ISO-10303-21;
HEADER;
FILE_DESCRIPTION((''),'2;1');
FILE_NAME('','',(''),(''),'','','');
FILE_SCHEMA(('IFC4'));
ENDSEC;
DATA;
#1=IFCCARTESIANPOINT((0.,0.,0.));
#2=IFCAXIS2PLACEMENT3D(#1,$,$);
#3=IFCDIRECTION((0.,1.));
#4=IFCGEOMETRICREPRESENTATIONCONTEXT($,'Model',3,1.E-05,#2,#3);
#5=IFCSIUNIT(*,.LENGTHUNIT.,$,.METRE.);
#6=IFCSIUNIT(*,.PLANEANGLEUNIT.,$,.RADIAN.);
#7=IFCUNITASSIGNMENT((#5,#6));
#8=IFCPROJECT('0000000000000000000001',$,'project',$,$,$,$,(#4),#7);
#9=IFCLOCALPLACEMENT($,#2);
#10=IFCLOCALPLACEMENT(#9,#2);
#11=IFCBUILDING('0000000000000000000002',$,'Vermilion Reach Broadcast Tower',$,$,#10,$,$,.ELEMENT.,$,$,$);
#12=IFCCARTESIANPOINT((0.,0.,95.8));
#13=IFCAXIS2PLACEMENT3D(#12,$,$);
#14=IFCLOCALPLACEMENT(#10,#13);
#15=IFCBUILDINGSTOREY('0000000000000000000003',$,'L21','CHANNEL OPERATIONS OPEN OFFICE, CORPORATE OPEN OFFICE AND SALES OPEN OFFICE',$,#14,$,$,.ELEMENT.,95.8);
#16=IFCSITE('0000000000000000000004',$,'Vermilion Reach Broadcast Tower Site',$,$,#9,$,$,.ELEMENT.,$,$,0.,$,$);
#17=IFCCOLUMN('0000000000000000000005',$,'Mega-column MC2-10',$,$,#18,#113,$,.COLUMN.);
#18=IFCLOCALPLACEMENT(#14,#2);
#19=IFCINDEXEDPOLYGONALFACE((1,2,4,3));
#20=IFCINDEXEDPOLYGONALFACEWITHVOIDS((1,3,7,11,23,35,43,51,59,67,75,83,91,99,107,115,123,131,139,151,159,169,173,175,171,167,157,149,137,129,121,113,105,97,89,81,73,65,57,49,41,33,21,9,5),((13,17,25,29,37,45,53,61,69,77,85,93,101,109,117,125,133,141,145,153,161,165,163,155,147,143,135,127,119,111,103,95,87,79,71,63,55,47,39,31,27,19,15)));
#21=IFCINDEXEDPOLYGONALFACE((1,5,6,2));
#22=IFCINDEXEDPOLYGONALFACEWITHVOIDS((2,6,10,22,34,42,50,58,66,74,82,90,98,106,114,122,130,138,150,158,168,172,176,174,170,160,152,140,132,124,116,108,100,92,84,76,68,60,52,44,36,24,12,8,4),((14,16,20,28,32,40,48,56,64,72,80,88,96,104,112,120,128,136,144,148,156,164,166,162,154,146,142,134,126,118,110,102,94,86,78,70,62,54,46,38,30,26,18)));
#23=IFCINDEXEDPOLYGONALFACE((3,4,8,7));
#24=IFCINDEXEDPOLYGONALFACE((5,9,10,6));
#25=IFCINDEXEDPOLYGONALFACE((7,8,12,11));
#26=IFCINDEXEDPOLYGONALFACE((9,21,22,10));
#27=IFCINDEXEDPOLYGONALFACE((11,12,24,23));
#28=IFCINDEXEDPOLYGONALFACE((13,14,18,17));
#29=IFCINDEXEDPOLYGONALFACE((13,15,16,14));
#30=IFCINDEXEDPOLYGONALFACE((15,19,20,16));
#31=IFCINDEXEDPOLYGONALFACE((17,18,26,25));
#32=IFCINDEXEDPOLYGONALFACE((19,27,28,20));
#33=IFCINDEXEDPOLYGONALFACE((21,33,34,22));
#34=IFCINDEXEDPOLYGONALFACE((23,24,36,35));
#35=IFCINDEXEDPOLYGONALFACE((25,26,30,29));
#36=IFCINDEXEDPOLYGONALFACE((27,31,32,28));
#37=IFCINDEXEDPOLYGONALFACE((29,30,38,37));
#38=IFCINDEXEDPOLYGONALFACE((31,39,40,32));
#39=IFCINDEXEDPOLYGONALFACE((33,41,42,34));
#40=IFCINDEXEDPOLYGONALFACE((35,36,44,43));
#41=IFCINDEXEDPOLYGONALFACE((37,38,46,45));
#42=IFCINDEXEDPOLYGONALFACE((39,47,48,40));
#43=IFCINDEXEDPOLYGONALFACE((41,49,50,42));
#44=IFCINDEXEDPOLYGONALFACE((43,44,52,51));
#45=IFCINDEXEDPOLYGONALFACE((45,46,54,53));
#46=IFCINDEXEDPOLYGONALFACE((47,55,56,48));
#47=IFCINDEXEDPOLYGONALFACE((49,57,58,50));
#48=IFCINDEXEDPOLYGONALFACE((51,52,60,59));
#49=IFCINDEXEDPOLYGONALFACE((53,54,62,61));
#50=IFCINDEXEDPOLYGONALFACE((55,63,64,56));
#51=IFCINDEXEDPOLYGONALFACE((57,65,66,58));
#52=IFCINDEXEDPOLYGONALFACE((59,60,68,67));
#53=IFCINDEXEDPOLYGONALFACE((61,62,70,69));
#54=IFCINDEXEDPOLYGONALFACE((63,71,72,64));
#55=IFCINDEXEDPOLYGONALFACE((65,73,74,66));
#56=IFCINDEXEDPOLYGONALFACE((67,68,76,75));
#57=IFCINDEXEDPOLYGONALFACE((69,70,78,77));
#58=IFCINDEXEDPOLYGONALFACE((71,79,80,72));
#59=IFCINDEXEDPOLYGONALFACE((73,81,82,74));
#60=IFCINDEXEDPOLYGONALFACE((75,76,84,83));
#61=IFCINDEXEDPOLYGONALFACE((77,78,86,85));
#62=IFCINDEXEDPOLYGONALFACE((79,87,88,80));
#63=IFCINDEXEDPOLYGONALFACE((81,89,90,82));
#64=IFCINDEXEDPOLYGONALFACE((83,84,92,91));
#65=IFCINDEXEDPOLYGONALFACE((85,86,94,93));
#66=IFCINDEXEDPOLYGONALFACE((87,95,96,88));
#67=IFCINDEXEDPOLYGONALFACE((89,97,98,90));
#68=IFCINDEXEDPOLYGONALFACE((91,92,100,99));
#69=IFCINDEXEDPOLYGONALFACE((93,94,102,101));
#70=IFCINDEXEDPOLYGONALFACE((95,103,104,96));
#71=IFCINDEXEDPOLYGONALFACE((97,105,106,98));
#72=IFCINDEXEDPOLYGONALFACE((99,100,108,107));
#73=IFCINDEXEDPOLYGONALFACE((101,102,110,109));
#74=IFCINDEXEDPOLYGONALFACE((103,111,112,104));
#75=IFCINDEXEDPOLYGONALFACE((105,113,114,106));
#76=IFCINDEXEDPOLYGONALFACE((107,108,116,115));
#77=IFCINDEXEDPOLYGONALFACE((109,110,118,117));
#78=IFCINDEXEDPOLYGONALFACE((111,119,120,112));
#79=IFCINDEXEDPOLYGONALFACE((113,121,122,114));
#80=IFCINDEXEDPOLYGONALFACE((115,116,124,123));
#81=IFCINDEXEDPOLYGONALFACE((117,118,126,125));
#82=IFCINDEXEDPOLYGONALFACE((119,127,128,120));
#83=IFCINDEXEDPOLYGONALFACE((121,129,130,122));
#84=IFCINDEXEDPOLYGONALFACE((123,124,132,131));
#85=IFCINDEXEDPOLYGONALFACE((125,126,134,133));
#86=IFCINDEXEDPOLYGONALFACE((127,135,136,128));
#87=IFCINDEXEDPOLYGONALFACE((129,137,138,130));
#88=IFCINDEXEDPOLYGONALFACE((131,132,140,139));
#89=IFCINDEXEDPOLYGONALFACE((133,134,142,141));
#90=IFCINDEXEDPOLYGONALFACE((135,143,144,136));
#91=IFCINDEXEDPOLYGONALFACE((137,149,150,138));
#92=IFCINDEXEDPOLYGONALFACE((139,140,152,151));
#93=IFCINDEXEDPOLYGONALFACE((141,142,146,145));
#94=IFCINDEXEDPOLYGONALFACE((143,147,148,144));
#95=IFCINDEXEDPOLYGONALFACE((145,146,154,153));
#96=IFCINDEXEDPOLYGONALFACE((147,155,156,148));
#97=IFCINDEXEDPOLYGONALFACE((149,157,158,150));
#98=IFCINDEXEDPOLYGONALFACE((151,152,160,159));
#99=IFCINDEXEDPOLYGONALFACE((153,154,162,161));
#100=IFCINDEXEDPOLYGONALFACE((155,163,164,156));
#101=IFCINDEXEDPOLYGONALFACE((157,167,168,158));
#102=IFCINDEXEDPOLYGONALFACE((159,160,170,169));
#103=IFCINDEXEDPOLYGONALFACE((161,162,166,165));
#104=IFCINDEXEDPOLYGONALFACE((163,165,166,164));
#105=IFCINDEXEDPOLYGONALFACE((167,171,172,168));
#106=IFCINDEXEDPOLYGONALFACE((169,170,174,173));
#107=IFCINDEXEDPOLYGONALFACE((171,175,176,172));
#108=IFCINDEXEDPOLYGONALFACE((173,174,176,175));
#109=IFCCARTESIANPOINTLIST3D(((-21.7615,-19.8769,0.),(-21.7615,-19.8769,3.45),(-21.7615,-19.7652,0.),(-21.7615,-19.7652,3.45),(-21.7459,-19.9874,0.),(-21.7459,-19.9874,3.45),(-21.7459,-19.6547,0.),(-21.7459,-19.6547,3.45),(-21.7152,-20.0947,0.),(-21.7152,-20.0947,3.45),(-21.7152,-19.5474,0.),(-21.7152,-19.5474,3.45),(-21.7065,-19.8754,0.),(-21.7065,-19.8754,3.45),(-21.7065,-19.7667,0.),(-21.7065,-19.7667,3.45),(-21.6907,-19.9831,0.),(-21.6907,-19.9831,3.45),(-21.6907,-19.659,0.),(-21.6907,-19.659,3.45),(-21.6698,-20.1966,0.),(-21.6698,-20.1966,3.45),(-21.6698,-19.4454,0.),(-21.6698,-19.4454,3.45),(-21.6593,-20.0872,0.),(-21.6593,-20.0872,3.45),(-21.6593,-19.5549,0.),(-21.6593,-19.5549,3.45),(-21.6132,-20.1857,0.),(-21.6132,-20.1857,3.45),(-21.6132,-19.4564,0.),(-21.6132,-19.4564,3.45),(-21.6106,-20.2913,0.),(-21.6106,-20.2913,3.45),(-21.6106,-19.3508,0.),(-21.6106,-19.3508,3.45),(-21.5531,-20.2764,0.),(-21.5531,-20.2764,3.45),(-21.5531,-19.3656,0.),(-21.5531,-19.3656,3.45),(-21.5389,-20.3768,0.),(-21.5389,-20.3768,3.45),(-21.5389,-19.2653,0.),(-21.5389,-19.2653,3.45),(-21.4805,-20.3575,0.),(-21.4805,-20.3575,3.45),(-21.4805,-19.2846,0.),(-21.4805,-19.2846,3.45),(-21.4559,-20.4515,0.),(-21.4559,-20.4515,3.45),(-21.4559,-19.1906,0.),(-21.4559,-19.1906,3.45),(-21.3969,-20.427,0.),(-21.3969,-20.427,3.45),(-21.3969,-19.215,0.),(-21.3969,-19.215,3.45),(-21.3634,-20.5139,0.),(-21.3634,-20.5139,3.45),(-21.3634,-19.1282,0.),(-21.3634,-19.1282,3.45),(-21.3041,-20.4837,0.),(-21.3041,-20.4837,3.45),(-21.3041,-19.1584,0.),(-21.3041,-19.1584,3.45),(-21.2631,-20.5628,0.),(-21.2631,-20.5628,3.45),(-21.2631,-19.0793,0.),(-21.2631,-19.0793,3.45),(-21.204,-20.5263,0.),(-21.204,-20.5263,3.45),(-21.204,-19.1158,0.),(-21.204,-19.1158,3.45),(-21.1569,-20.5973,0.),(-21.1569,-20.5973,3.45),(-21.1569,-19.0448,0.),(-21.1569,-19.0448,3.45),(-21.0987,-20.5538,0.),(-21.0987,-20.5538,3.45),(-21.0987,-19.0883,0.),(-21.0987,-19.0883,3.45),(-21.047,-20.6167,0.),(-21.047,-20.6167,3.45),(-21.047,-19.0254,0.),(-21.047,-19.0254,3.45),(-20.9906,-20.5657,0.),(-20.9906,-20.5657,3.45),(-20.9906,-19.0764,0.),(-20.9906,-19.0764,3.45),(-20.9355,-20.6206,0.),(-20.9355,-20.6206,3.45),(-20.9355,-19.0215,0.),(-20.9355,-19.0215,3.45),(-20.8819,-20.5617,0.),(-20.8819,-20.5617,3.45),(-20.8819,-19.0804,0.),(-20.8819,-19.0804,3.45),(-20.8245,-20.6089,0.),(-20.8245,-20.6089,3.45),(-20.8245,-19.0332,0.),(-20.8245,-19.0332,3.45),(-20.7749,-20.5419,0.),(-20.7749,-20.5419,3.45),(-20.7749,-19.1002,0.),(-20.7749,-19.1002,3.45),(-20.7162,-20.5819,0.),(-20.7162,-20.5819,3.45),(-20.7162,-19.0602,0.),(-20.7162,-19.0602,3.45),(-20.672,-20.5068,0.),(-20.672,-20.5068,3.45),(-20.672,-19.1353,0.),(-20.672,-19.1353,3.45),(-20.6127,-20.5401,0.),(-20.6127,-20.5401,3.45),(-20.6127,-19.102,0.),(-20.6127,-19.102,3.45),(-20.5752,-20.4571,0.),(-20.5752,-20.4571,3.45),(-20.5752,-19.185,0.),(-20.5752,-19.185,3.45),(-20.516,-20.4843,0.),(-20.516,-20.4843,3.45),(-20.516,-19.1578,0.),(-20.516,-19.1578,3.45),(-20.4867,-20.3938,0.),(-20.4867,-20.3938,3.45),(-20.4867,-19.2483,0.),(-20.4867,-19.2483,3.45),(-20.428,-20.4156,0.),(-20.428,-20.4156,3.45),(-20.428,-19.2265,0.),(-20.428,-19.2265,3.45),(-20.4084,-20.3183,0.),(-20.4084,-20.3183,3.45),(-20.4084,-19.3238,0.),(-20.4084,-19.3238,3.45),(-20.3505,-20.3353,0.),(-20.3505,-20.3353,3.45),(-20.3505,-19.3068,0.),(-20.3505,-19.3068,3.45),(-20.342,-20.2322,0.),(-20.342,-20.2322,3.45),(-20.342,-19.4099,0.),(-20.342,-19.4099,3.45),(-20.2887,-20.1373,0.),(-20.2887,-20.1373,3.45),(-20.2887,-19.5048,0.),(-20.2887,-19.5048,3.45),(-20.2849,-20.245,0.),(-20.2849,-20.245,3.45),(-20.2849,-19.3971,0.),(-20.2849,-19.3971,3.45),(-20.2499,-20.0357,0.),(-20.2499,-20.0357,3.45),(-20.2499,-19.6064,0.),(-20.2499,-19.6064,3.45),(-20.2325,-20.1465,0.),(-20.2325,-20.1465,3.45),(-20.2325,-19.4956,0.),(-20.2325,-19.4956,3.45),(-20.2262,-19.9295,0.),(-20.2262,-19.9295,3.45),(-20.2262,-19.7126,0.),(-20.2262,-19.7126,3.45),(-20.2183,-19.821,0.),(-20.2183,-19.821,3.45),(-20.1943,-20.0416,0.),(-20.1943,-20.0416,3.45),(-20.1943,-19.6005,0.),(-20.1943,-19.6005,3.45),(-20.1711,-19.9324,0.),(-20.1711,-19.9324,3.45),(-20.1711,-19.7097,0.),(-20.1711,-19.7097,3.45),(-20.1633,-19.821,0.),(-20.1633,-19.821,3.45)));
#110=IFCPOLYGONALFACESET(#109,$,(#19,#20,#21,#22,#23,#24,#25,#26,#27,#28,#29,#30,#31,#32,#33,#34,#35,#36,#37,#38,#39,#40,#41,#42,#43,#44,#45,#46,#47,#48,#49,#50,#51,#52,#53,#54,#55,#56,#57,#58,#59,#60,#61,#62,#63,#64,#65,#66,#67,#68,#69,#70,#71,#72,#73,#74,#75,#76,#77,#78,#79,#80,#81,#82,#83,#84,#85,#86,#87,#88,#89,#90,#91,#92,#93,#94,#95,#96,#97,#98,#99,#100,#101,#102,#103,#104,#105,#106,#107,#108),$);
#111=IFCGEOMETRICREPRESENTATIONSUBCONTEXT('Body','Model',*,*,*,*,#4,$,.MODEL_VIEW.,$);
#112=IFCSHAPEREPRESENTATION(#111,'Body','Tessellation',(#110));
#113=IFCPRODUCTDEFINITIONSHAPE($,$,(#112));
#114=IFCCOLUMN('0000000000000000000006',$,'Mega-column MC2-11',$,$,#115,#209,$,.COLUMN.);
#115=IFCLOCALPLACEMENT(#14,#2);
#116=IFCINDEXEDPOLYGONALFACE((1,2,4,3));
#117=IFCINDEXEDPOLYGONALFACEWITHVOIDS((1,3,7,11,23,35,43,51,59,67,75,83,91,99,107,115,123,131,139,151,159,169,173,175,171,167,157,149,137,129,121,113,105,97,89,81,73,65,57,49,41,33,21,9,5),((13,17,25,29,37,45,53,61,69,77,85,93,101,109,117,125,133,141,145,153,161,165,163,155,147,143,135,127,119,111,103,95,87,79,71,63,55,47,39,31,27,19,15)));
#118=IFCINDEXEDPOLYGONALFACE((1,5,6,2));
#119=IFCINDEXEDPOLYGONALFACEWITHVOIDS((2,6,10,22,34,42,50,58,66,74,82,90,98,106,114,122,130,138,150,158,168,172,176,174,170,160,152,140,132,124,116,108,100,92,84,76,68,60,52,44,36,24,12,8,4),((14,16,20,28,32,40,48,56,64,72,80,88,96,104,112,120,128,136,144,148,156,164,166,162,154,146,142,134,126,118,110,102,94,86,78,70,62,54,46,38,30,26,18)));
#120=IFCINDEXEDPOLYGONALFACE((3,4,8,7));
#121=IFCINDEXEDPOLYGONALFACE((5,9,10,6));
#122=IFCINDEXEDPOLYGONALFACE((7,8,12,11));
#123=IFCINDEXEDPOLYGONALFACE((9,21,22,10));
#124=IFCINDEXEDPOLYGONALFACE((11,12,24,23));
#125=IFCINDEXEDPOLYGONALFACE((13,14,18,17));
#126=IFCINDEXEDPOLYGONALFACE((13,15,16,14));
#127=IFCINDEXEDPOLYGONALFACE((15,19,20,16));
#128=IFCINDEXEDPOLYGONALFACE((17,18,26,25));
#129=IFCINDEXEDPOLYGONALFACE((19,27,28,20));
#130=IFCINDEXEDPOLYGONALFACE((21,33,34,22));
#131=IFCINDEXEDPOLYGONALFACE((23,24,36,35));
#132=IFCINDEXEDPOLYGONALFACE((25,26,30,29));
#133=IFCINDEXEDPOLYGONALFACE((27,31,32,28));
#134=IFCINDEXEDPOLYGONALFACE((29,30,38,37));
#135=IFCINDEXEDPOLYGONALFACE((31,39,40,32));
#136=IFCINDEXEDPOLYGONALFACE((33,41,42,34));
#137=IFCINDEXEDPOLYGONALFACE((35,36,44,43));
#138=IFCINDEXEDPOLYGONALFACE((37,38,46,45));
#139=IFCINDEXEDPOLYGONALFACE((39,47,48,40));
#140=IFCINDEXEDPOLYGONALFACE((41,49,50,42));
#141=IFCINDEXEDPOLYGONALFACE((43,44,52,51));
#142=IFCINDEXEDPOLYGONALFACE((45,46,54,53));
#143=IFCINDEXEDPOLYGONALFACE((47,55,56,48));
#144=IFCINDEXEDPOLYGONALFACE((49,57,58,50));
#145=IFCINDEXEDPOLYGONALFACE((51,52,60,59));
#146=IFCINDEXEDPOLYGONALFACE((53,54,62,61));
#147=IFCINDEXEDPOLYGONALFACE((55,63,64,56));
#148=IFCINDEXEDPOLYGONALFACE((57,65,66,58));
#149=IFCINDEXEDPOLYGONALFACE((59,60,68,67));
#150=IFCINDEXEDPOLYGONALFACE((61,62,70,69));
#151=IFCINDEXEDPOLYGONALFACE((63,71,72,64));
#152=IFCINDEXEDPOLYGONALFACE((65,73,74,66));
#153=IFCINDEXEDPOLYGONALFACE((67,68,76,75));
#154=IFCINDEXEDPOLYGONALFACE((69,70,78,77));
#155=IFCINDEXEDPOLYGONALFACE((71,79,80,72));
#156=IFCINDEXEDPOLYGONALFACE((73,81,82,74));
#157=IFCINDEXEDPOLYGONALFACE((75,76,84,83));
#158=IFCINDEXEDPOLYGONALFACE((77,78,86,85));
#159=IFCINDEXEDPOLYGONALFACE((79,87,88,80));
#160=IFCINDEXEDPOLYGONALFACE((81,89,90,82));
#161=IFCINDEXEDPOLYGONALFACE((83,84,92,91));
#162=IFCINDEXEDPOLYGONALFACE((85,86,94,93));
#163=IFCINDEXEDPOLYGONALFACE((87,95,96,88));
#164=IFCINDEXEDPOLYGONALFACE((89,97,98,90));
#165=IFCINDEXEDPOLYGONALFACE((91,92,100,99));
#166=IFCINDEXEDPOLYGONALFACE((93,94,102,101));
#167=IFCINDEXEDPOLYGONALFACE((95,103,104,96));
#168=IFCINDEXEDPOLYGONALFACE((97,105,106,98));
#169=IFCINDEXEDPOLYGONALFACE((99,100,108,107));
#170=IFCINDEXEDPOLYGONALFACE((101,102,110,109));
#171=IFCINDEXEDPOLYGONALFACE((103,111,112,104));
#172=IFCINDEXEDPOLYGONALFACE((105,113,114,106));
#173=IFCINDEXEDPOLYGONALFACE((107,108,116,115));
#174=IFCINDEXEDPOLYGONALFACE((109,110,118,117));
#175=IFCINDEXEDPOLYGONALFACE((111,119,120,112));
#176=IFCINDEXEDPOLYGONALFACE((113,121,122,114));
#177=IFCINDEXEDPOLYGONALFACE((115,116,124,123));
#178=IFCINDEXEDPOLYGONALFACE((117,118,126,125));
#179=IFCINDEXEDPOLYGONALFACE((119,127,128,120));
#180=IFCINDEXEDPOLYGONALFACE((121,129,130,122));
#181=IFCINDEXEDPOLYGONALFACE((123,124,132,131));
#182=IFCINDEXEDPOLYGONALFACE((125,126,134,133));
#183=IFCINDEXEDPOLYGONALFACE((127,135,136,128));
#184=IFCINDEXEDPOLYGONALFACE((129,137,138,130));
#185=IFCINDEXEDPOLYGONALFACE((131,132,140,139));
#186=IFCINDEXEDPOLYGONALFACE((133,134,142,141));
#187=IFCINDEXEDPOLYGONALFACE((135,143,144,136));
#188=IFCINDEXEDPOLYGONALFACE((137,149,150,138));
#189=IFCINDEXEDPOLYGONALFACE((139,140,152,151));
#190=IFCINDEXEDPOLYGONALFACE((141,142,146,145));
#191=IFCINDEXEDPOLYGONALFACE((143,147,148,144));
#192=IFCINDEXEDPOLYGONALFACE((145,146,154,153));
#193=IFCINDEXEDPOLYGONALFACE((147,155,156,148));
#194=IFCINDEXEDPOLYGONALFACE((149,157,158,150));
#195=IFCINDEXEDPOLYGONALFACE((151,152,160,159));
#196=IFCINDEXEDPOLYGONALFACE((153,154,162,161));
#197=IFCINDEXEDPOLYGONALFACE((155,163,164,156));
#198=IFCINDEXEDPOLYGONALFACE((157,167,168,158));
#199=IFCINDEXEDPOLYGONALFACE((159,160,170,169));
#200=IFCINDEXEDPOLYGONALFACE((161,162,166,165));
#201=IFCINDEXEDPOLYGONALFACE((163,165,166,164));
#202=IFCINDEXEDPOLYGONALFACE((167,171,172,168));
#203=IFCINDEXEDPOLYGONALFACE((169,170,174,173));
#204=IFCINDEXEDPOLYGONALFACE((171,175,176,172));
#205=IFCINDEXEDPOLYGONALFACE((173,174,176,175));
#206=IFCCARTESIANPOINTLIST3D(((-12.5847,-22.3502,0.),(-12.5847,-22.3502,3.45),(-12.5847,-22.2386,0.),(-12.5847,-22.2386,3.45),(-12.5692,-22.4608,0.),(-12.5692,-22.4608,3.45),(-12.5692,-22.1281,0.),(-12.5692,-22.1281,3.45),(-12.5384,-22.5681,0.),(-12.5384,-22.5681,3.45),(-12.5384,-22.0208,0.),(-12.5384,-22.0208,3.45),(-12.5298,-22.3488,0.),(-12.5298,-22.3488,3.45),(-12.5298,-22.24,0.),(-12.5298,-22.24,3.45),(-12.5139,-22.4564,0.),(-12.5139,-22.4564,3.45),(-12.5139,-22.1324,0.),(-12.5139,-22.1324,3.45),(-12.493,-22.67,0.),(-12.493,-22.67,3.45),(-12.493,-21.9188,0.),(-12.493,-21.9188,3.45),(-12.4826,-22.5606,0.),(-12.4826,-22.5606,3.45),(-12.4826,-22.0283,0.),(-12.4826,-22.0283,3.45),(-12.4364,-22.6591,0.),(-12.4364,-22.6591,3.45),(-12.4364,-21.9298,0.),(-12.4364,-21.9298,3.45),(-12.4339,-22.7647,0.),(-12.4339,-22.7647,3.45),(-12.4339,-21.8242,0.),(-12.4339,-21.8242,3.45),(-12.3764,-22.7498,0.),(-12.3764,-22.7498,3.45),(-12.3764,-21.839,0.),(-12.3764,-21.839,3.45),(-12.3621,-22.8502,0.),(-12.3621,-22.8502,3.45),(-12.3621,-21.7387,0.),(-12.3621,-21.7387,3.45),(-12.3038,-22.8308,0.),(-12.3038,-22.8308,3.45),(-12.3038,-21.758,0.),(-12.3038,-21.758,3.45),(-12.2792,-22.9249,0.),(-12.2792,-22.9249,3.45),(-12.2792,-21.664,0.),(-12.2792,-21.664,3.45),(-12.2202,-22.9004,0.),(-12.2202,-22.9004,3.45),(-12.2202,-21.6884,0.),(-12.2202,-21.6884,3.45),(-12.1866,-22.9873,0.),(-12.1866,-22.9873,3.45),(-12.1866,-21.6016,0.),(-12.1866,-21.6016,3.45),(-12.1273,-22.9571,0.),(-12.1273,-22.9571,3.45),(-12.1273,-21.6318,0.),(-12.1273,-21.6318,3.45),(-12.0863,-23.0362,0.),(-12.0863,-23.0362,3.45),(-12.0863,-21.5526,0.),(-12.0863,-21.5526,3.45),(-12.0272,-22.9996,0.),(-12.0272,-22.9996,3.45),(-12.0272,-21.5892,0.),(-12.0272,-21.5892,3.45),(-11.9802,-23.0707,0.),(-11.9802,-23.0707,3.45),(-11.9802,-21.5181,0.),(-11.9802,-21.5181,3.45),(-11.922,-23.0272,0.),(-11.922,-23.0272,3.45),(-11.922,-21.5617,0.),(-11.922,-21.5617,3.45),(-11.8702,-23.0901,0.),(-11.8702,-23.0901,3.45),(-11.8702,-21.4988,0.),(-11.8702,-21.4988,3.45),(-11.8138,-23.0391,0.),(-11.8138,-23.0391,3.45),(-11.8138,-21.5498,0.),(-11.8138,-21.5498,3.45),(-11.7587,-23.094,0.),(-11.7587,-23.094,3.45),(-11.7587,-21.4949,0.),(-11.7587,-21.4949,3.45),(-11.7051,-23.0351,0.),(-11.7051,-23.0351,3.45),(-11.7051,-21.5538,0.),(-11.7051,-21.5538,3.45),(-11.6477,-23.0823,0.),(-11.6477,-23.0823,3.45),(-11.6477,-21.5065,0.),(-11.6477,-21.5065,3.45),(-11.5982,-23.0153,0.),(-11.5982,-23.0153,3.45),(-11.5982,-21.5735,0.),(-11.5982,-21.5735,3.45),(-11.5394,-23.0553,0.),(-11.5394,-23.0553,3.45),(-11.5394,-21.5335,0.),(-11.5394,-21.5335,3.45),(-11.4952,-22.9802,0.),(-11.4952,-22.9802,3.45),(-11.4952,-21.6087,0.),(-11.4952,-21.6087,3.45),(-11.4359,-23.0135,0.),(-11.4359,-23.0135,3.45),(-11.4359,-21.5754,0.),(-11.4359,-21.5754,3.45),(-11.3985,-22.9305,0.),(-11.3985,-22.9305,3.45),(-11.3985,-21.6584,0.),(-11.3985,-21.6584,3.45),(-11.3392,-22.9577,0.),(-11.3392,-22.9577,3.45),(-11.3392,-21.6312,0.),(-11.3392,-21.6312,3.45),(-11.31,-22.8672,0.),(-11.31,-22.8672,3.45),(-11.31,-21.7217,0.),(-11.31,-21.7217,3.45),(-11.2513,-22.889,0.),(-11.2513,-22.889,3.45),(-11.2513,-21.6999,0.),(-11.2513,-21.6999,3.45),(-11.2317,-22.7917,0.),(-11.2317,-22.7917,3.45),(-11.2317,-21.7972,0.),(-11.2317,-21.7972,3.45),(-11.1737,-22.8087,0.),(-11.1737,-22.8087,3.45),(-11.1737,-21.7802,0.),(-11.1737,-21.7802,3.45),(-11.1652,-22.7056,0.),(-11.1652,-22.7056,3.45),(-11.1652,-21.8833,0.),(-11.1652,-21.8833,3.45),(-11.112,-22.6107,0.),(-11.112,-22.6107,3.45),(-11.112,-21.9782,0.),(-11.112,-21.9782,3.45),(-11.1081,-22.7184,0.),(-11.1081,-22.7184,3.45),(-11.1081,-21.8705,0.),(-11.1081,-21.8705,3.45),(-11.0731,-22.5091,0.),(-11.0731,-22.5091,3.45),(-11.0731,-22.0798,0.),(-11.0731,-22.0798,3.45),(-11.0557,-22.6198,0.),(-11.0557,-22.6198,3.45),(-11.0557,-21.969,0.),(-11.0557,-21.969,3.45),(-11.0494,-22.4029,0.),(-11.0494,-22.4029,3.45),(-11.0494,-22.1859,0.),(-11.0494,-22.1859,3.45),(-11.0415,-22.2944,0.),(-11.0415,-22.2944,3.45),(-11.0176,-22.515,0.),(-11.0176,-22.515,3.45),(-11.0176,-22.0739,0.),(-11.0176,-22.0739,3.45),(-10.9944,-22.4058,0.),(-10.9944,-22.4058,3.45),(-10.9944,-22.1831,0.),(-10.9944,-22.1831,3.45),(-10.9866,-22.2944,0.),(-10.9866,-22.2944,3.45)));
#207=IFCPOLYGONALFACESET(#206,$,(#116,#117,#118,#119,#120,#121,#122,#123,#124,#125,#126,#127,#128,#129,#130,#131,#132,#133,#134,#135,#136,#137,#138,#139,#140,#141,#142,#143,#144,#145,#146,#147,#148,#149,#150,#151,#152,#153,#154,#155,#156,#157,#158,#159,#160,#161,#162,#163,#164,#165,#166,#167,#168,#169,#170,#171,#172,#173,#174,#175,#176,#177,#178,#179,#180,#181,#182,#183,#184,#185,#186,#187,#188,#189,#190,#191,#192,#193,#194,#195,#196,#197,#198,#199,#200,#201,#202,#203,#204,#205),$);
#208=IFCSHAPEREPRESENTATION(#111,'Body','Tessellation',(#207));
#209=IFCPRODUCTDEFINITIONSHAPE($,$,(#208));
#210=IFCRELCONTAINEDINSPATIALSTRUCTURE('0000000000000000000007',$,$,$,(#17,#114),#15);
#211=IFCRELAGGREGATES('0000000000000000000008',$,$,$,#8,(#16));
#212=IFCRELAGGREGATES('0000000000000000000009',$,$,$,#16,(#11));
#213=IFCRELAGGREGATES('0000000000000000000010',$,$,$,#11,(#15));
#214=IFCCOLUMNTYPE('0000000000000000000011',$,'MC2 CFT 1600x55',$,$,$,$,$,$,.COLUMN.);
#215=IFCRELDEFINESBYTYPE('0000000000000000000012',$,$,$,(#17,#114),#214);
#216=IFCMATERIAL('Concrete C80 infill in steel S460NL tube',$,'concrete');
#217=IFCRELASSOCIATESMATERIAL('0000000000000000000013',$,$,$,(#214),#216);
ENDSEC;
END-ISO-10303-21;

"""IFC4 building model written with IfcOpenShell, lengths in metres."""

from ifc_helpers import new_model, si_unit, direction, frame, origin, origin_2d, place, context, subcontext, project, spatial, hollow_circle, extrude, material, material_profile, profile_set, type_object, element, save


model = new_model("IFC4")

# Units and contexts
model_context = context("Model", 3, precision=1e-05, world=origin(), true_north=direction((0.0, 1.0)))
body_context = subcontext(model_context, "Body", "Model", "MODEL_VIEW")
ifc_project = project(units=[si_unit("LENGTHUNIT", "METRE"), si_unit("PLANEANGLEUNIT", "RADIAN")], contexts=[model_context])

# Site, building, storey
site_placement = place(None, origin())
site = spatial("IfcSite", under=ifc_project, at=site_placement, Name="Vermilion Reach Broadcast Tower Site", CompositionType="ELEMENT", RefElevation=0.0)
building_placement = place(site_placement, origin())
building = spatial("IfcBuilding", under=site, at=building_placement, Name="Vermilion Reach Broadcast Tower", CompositionType="ELEMENT")
storey_placement = place(building_placement, frame((0.0, 0.0, 95.8)))
storey = spatial("IfcBuildingStorey", under=building, at=storey_placement, Name="L21", Description="CHANNEL OPERATIONS OPEN OFFICE, CORPORATE OPEN OFFICE AND SALES OPEN OFFICE", CompositionType="ELEMENT", Elevation=95.8)

# Columns
ifc_material_1 = material(Name="Concrete C80 infill in steel S460NL tube", Category="concrete")
ifc_material_profile_1 = material_profile(ifc_material_1, hollow_circle(Radius=0.8, WallThickness=0.0549, at=origin_2d()), Name="Concrete C80 infill in steel S460NL tube CFT 1600x55")
ifc_profile_set_1 = profile_set([ifc_material_profile_1], Name="Concrete C80 infill in steel S460NL tube")
column_type = type_object("IfcColumnType", Name="MC2 CFT 1600x55", PredefinedType="COLUMN", material=ifc_profile_set_1)
for number, where, z_axis, x_axis, name in (
    (1, (-20.9634, -19.821, 0.0), (0.0, 0.0, 1.0), (1.0, 0.0, 0.0), "Mega-column MC2-10"),
    (2, (-11.7866, -22.2944, 0.0), (0.0, 0.0, 1.0), (1.0, 0.0, 0.0), "Mega-column MC2-11"),
):
    element("IfcColumn", number, at=place(storey_placement, frame(where, z_axis=z_axis, x_axis=x_axis)), inside=storey, type_object=column_type, Name=name, PredefinedType="COLUMN", context=body_context, shape_type="SweptSolid", body=[
        extrude(hollow_circle(Radius=0.8, WallThickness=0.0549, at=origin_2d()), origin(), (0.0, 0.0, 1.0), 3.45),
    ])

save(model, "model.ifc")
